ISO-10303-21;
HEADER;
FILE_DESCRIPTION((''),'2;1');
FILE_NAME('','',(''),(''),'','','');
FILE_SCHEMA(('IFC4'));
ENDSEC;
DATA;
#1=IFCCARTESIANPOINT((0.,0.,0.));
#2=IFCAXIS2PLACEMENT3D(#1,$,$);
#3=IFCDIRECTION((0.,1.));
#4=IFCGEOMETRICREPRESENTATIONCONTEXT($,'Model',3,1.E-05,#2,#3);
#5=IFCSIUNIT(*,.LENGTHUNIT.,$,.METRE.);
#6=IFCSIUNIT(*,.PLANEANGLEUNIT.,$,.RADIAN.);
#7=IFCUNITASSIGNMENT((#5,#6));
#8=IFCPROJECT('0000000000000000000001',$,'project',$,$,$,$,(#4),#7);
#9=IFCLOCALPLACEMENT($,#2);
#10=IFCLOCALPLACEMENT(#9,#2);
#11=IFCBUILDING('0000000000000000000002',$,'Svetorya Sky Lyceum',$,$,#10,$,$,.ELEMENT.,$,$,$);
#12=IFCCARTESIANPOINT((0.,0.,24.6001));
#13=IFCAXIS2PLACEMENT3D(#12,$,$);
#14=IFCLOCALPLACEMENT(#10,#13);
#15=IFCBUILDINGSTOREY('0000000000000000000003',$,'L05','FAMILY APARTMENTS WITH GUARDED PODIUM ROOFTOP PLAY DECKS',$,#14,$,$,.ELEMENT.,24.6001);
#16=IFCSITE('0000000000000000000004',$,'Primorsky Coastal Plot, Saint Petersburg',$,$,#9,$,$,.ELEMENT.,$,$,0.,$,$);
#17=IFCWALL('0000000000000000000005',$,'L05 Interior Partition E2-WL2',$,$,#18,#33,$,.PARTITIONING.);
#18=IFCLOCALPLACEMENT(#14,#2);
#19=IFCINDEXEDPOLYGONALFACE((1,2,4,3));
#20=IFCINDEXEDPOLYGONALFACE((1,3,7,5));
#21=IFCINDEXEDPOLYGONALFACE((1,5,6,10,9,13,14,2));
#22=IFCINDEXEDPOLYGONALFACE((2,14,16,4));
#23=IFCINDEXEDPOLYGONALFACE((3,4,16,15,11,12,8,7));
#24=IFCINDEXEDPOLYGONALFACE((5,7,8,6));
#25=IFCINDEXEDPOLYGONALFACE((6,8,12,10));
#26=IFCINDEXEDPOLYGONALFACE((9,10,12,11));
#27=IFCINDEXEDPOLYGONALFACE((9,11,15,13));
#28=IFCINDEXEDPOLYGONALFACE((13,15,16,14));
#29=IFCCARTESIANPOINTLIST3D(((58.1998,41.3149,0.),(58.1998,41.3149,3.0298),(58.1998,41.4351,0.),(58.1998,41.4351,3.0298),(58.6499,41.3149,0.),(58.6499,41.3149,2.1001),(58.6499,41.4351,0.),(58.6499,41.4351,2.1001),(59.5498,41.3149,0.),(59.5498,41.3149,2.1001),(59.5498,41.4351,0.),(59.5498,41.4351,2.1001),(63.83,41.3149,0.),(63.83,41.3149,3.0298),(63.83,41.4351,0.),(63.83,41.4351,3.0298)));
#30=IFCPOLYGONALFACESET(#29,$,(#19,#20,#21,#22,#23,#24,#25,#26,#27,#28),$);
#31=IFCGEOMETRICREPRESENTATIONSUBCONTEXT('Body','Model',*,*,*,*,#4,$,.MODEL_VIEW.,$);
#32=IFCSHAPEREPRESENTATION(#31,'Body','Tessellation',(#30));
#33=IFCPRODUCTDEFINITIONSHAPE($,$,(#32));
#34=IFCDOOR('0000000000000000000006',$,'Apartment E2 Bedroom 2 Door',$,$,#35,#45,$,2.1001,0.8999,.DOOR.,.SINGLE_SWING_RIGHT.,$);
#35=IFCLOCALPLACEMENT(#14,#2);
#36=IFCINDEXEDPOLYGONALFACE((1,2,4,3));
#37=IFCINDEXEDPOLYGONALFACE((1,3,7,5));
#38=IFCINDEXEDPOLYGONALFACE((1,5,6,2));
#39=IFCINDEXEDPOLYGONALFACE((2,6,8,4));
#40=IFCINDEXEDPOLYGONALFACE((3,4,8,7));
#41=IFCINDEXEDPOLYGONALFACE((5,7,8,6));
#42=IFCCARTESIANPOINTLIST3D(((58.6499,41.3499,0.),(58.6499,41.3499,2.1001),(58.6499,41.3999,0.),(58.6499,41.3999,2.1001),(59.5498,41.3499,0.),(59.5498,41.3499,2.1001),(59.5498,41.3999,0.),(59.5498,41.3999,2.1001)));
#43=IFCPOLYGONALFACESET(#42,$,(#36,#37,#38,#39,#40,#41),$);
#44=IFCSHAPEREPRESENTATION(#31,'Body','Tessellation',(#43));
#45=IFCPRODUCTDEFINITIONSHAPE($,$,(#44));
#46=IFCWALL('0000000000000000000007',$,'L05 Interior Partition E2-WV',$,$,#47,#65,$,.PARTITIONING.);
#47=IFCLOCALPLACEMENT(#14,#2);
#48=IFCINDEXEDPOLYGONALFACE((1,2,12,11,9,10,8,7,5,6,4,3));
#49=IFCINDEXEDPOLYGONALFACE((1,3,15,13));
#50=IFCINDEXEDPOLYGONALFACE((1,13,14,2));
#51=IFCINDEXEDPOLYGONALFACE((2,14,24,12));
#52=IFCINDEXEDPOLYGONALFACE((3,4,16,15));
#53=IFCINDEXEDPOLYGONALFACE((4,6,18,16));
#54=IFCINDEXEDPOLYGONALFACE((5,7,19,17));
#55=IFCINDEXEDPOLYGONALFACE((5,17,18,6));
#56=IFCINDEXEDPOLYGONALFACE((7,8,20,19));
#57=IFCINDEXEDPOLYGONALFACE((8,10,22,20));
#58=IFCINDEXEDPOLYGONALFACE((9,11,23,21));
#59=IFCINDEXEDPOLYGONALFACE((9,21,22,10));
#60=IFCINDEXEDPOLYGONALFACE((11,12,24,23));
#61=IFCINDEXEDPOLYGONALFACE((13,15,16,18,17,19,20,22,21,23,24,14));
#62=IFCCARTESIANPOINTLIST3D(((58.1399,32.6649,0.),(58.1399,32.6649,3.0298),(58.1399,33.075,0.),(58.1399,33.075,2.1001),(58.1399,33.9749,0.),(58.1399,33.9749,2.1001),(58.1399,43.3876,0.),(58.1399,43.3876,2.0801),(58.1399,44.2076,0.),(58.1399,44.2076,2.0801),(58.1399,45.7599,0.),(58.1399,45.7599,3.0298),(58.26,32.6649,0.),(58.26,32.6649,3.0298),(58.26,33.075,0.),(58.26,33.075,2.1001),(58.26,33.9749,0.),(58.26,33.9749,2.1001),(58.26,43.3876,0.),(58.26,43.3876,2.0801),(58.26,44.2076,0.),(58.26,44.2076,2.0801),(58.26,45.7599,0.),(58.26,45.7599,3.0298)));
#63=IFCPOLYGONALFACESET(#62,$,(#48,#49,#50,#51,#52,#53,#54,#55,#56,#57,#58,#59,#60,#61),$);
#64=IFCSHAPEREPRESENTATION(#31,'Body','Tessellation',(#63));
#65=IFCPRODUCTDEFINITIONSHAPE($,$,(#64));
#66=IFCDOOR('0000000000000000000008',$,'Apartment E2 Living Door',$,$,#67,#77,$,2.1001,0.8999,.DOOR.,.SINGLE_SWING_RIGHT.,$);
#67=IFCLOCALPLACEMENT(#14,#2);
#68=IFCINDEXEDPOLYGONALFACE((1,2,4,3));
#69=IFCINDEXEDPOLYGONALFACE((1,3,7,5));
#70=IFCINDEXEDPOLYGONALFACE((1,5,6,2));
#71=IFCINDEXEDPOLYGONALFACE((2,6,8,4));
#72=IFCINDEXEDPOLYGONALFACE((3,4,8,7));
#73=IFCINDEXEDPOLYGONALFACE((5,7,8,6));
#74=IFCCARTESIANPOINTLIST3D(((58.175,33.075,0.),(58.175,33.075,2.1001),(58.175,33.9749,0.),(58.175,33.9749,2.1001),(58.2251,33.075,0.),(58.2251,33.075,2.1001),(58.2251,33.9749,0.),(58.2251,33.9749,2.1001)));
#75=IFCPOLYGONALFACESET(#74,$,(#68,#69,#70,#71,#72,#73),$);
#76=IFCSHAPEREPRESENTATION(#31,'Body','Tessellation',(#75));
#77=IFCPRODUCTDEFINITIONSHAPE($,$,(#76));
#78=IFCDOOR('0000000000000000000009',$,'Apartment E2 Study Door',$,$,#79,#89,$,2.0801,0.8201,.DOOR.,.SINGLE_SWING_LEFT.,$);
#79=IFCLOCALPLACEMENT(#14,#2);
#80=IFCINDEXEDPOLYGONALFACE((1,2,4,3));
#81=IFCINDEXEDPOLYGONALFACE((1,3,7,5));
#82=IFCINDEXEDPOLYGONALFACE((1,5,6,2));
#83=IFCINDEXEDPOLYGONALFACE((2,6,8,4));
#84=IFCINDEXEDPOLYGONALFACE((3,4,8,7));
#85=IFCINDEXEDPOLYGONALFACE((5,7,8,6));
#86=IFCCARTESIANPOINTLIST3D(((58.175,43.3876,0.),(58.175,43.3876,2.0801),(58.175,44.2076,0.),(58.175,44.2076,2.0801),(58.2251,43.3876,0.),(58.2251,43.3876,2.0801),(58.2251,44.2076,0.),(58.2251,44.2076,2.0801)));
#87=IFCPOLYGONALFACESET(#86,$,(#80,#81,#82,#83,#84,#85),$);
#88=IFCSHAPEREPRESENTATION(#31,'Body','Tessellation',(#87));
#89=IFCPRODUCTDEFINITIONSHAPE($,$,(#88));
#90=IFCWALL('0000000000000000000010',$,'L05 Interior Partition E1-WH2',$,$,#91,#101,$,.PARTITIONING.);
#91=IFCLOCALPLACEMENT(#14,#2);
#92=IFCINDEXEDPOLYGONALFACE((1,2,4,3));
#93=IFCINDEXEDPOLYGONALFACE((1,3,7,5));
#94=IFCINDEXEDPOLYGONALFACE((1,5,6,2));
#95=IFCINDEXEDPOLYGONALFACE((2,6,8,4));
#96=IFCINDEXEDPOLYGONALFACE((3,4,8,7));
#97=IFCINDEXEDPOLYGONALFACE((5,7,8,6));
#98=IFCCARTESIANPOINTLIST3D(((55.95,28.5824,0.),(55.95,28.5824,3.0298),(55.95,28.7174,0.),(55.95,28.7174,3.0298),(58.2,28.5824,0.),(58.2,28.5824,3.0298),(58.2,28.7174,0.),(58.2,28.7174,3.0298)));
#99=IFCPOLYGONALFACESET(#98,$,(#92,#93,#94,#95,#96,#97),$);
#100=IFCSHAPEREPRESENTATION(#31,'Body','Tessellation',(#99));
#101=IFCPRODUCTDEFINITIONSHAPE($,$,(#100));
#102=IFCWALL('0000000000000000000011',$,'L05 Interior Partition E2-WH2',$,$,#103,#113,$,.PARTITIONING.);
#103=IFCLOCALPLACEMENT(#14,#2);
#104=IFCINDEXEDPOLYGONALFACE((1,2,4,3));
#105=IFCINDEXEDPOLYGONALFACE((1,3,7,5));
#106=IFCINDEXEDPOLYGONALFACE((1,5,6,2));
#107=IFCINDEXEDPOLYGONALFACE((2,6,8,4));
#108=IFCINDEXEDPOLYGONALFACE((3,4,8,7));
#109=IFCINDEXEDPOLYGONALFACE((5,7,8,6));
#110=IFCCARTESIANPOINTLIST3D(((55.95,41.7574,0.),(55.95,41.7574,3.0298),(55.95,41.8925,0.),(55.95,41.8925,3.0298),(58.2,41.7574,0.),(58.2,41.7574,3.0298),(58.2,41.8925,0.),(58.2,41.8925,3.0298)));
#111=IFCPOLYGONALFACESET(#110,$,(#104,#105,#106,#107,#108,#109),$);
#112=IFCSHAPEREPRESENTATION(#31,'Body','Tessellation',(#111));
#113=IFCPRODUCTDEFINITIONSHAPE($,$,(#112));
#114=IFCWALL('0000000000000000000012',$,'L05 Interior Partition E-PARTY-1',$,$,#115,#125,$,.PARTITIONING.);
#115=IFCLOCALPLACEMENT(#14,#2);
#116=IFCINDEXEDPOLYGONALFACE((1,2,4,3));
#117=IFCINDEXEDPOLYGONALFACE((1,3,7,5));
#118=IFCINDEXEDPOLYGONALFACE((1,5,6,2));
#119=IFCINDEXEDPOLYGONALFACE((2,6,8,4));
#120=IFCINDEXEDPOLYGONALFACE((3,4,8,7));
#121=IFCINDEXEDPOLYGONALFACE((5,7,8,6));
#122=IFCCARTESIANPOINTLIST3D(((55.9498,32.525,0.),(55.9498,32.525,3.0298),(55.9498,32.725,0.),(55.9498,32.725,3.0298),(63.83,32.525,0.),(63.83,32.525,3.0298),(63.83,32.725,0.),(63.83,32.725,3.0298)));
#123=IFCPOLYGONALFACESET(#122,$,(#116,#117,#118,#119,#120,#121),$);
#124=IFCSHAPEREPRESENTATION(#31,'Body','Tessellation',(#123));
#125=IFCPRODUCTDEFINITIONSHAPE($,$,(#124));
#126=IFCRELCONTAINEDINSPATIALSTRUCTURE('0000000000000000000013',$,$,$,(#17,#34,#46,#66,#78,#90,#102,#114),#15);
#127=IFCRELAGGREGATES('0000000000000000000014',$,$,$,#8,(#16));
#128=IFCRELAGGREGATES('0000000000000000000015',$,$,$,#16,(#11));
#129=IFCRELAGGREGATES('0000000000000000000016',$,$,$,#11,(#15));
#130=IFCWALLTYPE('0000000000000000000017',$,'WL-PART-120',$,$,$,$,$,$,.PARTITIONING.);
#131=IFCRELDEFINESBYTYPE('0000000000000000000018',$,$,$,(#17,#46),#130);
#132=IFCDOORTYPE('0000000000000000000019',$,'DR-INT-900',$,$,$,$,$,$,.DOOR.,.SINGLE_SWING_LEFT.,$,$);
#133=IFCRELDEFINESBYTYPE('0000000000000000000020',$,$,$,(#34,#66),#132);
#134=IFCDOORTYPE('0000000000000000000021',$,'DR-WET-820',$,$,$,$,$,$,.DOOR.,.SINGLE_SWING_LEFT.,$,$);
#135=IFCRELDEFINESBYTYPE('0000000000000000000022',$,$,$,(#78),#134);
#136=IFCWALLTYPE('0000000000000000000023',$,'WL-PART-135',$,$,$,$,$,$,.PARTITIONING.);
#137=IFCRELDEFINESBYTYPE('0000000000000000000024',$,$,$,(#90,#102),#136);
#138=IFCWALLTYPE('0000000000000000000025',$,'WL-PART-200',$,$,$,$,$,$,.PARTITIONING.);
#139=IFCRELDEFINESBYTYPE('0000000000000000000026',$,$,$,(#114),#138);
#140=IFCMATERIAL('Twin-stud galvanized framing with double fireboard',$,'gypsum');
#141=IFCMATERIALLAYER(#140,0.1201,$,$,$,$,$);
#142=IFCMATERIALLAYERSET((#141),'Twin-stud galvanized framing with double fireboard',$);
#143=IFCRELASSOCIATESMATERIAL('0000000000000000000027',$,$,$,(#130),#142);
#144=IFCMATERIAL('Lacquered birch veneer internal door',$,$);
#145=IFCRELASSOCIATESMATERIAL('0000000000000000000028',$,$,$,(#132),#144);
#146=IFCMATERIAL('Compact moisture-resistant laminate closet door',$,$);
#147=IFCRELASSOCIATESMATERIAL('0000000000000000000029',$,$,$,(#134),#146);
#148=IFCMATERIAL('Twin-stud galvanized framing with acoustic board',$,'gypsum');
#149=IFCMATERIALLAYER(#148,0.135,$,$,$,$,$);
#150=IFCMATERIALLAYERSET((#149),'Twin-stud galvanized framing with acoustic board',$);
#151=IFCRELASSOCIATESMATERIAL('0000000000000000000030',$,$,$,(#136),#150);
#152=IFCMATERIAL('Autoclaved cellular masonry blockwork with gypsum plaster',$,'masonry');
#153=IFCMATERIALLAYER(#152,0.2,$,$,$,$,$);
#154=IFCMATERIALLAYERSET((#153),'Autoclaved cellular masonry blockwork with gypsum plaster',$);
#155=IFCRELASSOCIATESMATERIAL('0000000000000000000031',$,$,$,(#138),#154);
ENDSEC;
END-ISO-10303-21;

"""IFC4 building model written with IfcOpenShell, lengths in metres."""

from ifc_helpers import new_model, si_unit, direction, frame, frame_2d, origin, place, context, subcontext, project, spatial, rectangle, extrude, material, layer, layer_set, type_object, element, fill, save


model = new_model("IFC4")

# Units and contexts
model_context = context("Model", 3, precision=1e-05, world=origin(), true_north=direction((0.0, 1.0)))
body_context = subcontext(model_context, "Body", "Model", "MODEL_VIEW")
ifc_project = project(units=[si_unit("LENGTHUNIT", "METRE"), si_unit("PLANEANGLEUNIT", "RADIAN")], contexts=[model_context])

# Site, building, storey
site_placement = place(None, origin())
site = spatial("IfcSite", under=ifc_project, at=site_placement, Name="Primorsky Coastal Plot, Saint Petersburg", CompositionType="ELEMENT", RefElevation=0.0)
building_placement = place(site_placement, origin())
building = spatial("IfcBuilding", under=site, at=building_placement, Name="Svetorya Sky Lyceum", CompositionType="ELEMENT")
storey_placement = place(building_placement, frame((0.0, 0.0, 24.6001)))
storey = spatial("IfcBuildingStorey", under=building, at=storey_placement, Name="L05", Description="FAMILY APARTMENTS WITH GUARDED PODIUM ROOFTOP PLAY DECKS", CompositionType="ELEMENT", Elevation=24.6001)

# Wall, opening, door
ifc_material_1 = material(Name="Twin-stud galvanized framing with double fireboard", Category="gypsum")
ifc_layer_1 = layer(ifc_material_1, 0.1201)
ifc_layer_set_1 = layer_set([ifc_layer_1], Name="Twin-stud galvanized framing with double fireboard")
wall_type_1 = type_object("IfcWallType", Name="WL-PART-120", PredefinedType="PARTITIONING", material=ifc_layer_set_1)
ifc_material_2 = material(Name="Lacquered birch veneer internal door")
door_type_1 = type_object("IfcDoorType", Name="DR-INT-900", OperationType="SINGLE_SWING_LEFT", PredefinedType="DOOR", material=ifc_material_2)
wall_1_placement = place(storey_placement, frame((58.2, 41.375, 0.0), z_axis=(0.0, 0.0, 1.0), x_axis=(1.0, 0.0, 0.0)))
wall_1 = element("IfcWall", 1, at=wall_1_placement, inside=storey, type_object=wall_type_1, Name="L05 Interior Partition E2-WL2", PredefinedType="PARTITIONING", context=body_context, shape_type="SweptSolid", body=[
    extrude(rectangle(XDim=5.6301, YDim=0.1201, at=frame_2d((2.8149, 0.0))), origin(), (0.0, 0.0, 1.0), 3.0298),
])
opening_1_placement = place(wall_1_placement, frame((0.45, 0.0, 0.0)))
opening_1 = element("IfcOpeningElement", 2, at=opening_1_placement, cuts=wall_1, PredefinedType="OPENING", context=body_context, shape_type="SweptSolid", body=[
    extrude(rectangle(XDim=0.8999, YDim=2.1001, at=frame_2d((0.45, 1.05))), frame((0.0, 0.0701, 0.0), z_axis=(0.0, -1.0, 0.0), x_axis=(1.0, 0.0, 0.0)), (0.0, 0.0, 1.0), 0.1401),
])
door_1_placement = place(opening_1_placement, origin())
door_1 = element("IfcDoor", 3, at=door_1_placement, inside=storey, type_object=door_type_1, Name="Apartment E2 Bedroom 2 Door", OperationType="SINGLE_SWING_RIGHT", OverallHeight=2.1001, OverallWidth=0.8999, PredefinedType="DOOR", context=body_context, shape_type="SweptSolid", body=[
    extrude(rectangle(XDim=0.8999, YDim=2.1001, at=frame_2d((0.45, 1.05))), frame((0.0, 0.0249, 0.0), z_axis=(0.0, -1.0, 0.0), x_axis=(1.0, 0.0, 0.0)), (0.0, 0.0, 1.0), 0.05),
])
fill(opening_1, door_1)

# Wall, openings, doors
wall_2_placement = place(storey_placement, frame((58.2, 32.665, 0.0), z_axis=(0.0, 0.0, 1.0), x_axis=(0.0, 1.0, 0.0)))
wall_2 = element("IfcWall", 4, at=wall_2_placement, inside=storey, type_object=wall_type_1, Name="L05 Interior Partition E2-WV", PredefinedType="PARTITIONING", context=body_context, shape_type="SweptSolid", body=[
    extrude(rectangle(XDim=13.095, YDim=0.1201, at=frame_2d((6.5474, 0.0))), origin(), (0.0, 0.0, 1.0), 3.0298),
])
opening_2_placement = place(wall_2_placement, frame((0.4099, 0.0, 0.0)))
opening_2 = element("IfcOpeningElement", 5, at=opening_2_placement, cuts=wall_2, PredefinedType="OPENING", context=body_context, shape_type="SweptSolid", body=[
    extrude(rectangle(XDim=0.8999, YDim=2.1001, at=frame_2d((0.45, 1.05))), frame((0.0, 0.0701, 0.0), z_axis=(0.0, -1.0, 0.0), x_axis=(1.0, 0.0, 0.0)), (0.0, 0.0, 1.0), 0.1401),
])
opening_3_placement = place(wall_2_placement, frame((10.7224, 0.0, 0.0)))
opening_3 = element("IfcOpeningElement", 6, at=opening_3_placement, cuts=wall_2, PredefinedType="OPENING", context=body_context, shape_type="SweptSolid", body=[
    extrude(rectangle(XDim=0.8201, YDim=2.0801, at=frame_2d((0.4102, 1.04))), frame((0.0, 0.0701, 0.0), z_axis=(0.0, -1.0, 0.0), x_axis=(1.0, 0.0, 0.0)), (0.0, 0.0, 1.0), 0.1401),
])
door_2_placement = place(opening_2_placement, origin())
door_2 = element("IfcDoor", 7, at=door_2_placement, inside=storey, type_object=door_type_1, Name="Apartment E2 Living Door", OperationType="SINGLE_SWING_RIGHT", OverallHeight=2.1001, OverallWidth=0.8999, PredefinedType="DOOR", context=body_context, shape_type="SweptSolid", body=[
    extrude(rectangle(XDim=0.8999, YDim=2.1001, at=frame_2d((0.45, 1.05))), frame((0.0, 0.0249, 0.0), z_axis=(0.0, -1.0, 0.0), x_axis=(1.0, 0.0, 0.0)), (0.0, 0.0, 1.0), 0.05),
])
fill(opening_2, door_2)
ifc_material_3 = material(Name="Compact moisture-resistant laminate closet door")
door_type_2 = type_object("IfcDoorType", Name="DR-WET-820", OperationType="SINGLE_SWING_LEFT", PredefinedType="DOOR", material=ifc_material_3)
door_3_placement = place(opening_3_placement, origin())
door_3 = element("IfcDoor", 8, at=door_3_placement, inside=storey, type_object=door_type_2, Name="Apartment E2 Study Door", OperationType="SINGLE_SWING_LEFT", OverallHeight=2.0801, OverallWidth=0.8201, PredefinedType="DOOR", context=body_context, shape_type="SweptSolid", body=[
    extrude(rectangle(XDim=0.8201, YDim=2.0801, at=frame_2d((0.4102, 1.04))), frame((0.0, 0.0249, 0.0), z_axis=(0.0, -1.0, 0.0), x_axis=(1.0, 0.0, 0.0)), (0.0, 0.0, 1.0), 0.05),
])
fill(opening_3, door_3)

# Walls
ifc_material_4 = material(Name="Twin-stud galvanized framing with acoustic board", Category="gypsum")
ifc_layer_2 = layer(ifc_material_4, 0.135)
ifc_layer_set_2 = layer_set([ifc_layer_2], Name="Twin-stud galvanized framing with acoustic board")
wall_type_2 = type_object("IfcWallType", Name="WL-PART-135", PredefinedType="PARTITIONING", material=ifc_layer_set_2)
for number, where, z_axis, x_axis, name in (
    (9, (55.95, 28.6499, 0.0), (0.0, 0.0, 1.0), (1.0, 0.0, 0.0), "L05 Interior Partition E1-WH2"),
    (10, (55.95, 41.825, 0.0), (0.0, 0.0, 1.0), (1.0, 0.0, 0.0), "L05 Interior Partition E2-WH2"),
):
    element("IfcWall", number, at=place(storey_placement, frame(where, z_axis=z_axis, x_axis=x_axis)), inside=storey, type_object=wall_type_2, Name=name, PredefinedType="PARTITIONING", context=body_context, shape_type="SweptSolid", body=[
        extrude(rectangle(XDim=2.25, YDim=0.135, at=frame_2d((1.125, 0.0))), origin(), (0.0, 0.0, 1.0), 3.0298),
    ])
ifc_material_5 = material(Name="Autoclaved cellular masonry blockwork with gypsum plaster", Category="masonry")
ifc_layer_3 = layer(ifc_material_5, 0.2)
ifc_layer_set_3 = layer_set([ifc_layer_3], Name="Autoclaved cellular masonry blockwork with gypsum plaster")
wall_type_3 = type_object("IfcWallType", Name="WL-PART-200", PredefinedType="PARTITIONING", material=ifc_layer_set_3)
wall_3_placement = place(storey_placement, frame((55.95, 32.625, 0.0), z_axis=(0.0, 0.0, 1.0), x_axis=(1.0, 0.0, 0.0)))
element("IfcWall", 11, at=wall_3_placement, inside=storey, type_object=wall_type_3, Name="L05 Interior Partition E-PARTY-1", PredefinedType="PARTITIONING", context=body_context, shape_type="SweptSolid", body=[
    extrude(rectangle(XDim=7.8801, YDim=0.2, at=frame_2d((3.9399, 0.0))), origin(), (0.0, 0.0, 1.0), 3.0298),
])

save(model, "model.ifc")
